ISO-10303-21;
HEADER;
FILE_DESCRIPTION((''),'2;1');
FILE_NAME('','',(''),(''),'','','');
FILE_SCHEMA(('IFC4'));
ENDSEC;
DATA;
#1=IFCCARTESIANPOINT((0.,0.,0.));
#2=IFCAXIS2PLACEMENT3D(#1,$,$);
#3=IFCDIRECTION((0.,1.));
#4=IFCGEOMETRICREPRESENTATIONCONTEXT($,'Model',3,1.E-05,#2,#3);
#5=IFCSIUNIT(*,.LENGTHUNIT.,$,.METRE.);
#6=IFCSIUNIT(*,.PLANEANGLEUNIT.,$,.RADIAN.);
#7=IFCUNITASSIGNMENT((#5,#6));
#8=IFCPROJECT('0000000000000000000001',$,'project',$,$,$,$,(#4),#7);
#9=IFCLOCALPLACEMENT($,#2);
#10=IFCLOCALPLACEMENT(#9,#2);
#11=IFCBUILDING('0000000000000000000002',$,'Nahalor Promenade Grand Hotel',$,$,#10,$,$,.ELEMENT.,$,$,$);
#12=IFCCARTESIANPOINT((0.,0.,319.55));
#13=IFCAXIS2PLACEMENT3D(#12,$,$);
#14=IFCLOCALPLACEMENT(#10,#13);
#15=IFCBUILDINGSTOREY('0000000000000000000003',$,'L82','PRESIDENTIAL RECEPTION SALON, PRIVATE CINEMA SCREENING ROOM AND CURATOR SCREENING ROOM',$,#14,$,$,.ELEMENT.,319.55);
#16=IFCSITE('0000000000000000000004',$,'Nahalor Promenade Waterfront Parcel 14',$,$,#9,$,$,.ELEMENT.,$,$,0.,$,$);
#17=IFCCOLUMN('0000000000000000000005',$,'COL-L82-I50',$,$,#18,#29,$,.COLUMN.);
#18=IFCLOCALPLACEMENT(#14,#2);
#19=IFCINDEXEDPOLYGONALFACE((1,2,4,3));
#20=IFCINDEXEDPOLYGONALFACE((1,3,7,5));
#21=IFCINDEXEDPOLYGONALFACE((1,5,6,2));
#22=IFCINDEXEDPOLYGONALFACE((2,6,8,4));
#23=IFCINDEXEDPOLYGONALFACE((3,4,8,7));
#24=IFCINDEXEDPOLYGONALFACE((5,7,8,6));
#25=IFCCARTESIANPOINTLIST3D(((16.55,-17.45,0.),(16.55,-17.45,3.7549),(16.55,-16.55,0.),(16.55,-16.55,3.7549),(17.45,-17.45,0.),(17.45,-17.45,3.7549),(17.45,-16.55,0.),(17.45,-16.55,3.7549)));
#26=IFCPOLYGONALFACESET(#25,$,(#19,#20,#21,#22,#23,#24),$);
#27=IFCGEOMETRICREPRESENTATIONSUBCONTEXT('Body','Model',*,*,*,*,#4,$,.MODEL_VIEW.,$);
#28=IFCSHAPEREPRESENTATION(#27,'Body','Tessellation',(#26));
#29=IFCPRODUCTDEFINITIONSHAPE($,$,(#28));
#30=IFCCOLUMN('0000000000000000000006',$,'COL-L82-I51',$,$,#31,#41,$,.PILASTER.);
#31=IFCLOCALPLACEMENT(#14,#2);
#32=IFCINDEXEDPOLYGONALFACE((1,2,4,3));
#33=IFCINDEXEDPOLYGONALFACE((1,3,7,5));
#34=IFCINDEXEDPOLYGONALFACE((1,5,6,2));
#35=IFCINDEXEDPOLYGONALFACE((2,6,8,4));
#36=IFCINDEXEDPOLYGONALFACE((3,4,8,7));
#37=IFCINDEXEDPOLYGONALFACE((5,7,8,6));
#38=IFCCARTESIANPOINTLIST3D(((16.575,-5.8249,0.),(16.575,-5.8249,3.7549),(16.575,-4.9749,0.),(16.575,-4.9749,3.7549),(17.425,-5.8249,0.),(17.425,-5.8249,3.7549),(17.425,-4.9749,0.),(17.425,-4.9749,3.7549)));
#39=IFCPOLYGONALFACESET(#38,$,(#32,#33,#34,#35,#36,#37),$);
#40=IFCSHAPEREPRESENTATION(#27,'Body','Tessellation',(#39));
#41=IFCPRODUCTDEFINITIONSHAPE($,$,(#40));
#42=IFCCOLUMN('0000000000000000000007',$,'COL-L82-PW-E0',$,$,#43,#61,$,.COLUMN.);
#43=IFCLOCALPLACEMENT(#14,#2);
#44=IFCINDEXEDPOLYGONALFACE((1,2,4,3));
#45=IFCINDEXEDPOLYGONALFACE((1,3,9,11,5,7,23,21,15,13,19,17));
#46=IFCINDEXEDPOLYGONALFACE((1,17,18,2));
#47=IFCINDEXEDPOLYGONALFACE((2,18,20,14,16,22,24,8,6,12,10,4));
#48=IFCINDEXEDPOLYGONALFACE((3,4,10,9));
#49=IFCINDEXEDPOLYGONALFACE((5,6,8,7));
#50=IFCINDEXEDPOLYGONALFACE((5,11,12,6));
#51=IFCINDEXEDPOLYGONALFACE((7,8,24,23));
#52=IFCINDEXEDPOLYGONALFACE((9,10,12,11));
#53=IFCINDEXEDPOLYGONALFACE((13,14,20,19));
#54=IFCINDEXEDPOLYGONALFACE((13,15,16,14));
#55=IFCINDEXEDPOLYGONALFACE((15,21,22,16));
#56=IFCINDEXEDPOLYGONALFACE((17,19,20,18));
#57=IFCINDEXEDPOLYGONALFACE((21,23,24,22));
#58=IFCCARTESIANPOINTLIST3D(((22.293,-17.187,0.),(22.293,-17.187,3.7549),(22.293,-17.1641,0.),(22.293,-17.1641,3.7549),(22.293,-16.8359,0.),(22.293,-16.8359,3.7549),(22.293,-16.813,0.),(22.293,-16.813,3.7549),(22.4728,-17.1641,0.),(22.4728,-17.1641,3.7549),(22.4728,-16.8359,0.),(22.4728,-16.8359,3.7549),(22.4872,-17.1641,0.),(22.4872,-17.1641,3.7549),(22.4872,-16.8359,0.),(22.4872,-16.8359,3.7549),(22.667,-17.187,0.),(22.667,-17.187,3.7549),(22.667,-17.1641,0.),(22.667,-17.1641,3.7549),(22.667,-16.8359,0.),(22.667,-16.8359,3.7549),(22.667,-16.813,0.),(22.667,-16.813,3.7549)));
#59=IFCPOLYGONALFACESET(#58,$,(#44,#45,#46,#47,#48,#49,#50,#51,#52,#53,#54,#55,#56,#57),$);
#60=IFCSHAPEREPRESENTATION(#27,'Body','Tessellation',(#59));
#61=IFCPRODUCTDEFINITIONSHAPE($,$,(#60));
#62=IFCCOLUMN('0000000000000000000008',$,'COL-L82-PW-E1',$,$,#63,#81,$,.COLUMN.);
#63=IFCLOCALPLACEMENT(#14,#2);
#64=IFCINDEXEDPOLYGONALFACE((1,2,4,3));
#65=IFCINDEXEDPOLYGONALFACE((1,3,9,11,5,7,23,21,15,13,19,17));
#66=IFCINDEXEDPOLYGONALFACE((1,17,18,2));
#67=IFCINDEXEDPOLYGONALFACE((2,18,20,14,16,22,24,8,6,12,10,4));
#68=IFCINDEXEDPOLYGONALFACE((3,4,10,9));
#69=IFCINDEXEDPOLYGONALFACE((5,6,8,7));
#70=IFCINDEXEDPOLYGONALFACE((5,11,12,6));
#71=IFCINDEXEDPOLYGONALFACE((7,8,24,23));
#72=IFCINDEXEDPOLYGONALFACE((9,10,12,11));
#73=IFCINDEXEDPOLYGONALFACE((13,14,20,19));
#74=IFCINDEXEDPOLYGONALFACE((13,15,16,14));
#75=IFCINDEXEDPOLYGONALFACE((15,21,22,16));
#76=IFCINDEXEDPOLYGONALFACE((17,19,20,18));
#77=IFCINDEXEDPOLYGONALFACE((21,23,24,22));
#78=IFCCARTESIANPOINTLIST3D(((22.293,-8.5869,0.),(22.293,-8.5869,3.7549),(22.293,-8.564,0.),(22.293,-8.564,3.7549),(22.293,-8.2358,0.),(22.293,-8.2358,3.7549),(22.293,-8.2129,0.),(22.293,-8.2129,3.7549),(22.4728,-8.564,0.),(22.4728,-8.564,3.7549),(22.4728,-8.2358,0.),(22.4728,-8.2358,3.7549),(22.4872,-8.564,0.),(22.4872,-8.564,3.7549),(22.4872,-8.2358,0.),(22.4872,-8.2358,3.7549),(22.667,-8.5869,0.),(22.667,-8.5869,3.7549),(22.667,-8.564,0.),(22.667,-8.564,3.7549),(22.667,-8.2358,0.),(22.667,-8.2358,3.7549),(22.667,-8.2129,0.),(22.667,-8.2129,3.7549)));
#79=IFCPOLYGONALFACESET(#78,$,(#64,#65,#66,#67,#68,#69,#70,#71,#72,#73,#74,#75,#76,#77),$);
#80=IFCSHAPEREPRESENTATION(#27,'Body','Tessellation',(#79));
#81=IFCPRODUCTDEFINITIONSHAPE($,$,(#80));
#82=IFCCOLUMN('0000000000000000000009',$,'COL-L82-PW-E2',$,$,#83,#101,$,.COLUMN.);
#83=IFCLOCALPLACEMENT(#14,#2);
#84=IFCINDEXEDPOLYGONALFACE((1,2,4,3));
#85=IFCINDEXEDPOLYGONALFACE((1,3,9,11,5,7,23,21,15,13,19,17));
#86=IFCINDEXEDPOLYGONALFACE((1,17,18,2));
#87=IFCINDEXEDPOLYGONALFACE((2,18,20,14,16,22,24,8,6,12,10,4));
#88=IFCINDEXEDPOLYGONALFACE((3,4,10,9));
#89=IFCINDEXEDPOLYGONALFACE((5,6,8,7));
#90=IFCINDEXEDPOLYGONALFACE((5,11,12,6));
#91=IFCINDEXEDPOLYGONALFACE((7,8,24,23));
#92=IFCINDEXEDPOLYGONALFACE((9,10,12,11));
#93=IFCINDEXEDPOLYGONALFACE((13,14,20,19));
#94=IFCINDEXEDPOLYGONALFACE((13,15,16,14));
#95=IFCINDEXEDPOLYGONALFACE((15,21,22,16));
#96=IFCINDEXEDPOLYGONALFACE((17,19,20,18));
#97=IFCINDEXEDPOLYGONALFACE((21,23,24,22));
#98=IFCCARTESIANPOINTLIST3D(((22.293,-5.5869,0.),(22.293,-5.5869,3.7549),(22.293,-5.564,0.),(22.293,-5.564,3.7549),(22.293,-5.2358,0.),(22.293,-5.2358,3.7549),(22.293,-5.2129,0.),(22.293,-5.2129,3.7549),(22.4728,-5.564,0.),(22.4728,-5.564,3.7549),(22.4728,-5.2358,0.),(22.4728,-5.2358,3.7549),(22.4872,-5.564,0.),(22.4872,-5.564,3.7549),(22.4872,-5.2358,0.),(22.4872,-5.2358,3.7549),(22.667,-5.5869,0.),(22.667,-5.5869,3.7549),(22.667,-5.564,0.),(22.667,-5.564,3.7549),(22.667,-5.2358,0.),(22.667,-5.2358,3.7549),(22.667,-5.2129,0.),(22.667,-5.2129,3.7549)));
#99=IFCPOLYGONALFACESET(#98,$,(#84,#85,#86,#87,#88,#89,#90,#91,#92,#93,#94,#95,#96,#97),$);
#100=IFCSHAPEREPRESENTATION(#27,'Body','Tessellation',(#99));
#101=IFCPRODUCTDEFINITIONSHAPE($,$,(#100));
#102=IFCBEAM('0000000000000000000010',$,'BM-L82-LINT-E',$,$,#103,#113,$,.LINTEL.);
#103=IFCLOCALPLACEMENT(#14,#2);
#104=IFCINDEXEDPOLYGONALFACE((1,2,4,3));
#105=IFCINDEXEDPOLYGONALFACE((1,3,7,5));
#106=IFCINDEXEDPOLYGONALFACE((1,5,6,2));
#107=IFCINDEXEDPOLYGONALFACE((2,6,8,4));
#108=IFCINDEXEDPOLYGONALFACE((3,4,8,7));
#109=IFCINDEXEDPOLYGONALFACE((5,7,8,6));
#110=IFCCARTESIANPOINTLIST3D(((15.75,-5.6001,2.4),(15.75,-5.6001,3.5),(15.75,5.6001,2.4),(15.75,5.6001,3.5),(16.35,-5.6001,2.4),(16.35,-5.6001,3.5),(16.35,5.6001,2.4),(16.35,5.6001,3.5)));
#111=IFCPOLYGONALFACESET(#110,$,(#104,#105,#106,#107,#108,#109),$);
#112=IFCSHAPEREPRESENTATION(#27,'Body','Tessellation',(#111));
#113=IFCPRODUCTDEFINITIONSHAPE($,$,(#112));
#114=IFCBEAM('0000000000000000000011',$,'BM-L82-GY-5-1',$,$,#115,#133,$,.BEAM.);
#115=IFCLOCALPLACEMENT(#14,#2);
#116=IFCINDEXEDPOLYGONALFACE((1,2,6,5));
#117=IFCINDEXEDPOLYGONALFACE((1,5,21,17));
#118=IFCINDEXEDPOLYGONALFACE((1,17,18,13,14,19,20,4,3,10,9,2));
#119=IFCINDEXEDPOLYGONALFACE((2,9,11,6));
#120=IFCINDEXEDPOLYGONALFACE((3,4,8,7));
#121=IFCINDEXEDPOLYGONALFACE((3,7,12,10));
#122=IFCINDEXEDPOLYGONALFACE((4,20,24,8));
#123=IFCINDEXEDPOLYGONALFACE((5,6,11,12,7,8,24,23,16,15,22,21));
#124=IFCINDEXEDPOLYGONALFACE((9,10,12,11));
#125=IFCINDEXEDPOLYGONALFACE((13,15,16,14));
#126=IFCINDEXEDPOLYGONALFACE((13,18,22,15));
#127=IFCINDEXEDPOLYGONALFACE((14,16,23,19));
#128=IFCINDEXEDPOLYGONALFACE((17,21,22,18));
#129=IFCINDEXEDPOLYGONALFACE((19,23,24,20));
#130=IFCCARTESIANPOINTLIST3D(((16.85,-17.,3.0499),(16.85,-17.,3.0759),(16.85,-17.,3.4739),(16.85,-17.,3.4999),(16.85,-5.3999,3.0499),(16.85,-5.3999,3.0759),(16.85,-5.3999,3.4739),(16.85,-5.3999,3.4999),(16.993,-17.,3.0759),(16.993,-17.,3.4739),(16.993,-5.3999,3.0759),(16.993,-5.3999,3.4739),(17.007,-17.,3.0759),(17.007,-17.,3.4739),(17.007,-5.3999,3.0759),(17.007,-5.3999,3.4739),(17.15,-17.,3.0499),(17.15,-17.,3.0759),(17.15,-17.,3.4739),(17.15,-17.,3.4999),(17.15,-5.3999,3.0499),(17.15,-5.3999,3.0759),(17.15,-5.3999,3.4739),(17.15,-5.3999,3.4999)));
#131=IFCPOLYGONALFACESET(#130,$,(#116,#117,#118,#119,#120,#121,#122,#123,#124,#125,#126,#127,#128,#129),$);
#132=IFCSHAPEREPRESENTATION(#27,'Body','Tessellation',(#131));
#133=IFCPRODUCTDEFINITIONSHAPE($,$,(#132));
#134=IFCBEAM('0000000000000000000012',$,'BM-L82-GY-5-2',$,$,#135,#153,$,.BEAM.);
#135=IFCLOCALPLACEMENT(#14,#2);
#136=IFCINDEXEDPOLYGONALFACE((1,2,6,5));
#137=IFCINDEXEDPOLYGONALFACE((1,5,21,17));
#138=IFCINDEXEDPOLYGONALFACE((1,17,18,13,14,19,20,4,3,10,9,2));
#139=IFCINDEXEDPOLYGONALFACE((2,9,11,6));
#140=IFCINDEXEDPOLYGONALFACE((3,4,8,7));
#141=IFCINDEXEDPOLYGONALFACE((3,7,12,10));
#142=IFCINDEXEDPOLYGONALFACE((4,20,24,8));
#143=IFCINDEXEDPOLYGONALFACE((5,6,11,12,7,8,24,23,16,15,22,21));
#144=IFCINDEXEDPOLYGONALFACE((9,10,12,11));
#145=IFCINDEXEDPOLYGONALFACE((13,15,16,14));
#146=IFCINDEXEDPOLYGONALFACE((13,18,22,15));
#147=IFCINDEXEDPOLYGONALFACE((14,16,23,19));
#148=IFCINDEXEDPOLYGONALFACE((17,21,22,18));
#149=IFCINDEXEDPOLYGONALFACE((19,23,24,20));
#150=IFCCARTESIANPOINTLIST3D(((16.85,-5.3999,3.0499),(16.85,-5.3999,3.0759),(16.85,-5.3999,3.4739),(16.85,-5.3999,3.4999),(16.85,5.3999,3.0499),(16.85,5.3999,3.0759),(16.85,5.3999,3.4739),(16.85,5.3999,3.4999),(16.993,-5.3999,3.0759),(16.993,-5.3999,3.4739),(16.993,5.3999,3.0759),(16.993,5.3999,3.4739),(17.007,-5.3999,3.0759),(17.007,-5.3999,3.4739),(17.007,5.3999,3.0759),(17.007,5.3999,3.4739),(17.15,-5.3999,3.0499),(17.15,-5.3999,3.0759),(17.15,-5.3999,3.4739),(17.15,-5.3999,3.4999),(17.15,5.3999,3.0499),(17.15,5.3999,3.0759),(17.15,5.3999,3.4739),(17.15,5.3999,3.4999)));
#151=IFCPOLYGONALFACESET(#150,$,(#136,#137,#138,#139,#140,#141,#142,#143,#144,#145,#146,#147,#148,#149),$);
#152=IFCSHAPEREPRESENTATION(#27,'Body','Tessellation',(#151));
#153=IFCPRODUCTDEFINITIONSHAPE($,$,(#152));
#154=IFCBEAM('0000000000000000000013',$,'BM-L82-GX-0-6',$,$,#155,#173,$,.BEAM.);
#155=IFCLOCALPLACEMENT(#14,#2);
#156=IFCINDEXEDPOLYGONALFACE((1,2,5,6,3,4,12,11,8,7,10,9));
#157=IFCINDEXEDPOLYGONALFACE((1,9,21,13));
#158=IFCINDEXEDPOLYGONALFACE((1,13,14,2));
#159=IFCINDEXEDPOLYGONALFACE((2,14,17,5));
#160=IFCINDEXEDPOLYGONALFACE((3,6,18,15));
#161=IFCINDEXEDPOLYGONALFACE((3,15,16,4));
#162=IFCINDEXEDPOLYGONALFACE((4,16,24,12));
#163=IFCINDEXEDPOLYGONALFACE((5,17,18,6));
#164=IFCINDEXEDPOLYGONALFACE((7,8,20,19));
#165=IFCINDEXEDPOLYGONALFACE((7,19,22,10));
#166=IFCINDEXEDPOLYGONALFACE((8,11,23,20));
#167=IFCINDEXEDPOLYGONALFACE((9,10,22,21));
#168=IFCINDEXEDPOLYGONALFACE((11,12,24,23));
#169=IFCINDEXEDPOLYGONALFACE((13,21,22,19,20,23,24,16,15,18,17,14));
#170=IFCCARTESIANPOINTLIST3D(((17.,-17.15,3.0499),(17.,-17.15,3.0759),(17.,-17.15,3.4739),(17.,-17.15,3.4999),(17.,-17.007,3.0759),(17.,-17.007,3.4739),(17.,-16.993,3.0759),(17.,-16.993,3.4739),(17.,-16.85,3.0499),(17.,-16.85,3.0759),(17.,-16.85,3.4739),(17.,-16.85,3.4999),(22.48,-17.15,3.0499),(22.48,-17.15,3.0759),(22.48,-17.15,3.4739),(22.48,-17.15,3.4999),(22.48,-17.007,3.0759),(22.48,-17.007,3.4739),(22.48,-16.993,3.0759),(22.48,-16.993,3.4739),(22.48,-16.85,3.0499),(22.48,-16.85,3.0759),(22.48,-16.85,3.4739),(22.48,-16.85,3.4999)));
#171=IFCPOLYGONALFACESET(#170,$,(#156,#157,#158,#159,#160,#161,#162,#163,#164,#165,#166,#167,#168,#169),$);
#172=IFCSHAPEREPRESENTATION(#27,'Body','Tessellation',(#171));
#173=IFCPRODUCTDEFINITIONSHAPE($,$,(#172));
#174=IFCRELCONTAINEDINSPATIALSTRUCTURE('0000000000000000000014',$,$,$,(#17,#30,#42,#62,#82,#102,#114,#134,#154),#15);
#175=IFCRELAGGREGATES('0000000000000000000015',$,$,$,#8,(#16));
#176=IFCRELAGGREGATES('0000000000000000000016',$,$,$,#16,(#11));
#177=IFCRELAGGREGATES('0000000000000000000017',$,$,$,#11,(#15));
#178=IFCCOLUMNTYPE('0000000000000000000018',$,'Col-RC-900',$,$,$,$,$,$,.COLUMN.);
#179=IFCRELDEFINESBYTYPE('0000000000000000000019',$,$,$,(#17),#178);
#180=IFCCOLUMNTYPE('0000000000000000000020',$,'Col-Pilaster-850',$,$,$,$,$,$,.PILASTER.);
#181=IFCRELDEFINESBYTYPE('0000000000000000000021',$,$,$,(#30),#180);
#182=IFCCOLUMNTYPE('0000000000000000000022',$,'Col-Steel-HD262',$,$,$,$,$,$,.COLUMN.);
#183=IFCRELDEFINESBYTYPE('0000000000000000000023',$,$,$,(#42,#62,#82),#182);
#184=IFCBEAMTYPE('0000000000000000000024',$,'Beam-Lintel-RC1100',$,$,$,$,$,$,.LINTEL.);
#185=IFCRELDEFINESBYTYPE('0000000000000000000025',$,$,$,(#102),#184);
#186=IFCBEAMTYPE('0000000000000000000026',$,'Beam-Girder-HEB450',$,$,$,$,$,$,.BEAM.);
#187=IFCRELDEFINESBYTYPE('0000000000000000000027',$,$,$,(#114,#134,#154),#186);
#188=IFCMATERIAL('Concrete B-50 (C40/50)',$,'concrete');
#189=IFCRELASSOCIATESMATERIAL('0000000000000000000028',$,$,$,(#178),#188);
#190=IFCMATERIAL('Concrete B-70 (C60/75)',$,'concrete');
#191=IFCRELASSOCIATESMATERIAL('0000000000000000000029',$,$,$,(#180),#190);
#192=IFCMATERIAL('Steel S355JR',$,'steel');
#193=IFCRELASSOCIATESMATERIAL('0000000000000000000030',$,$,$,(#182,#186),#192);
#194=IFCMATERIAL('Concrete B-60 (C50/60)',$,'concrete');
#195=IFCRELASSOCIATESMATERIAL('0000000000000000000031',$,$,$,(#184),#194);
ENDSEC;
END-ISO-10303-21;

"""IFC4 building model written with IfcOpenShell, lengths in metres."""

from ifc_helpers import new_model, si_unit, direction, frame, origin, origin_2d, place, context, subcontext, project, spatial, rectangle, i_section, extrude, source, transform, mapped, material, material_profile, profile_set, type_object, element, save


model = new_model("IFC4")

# Units and contexts
model_context = context("Model", 3, precision=1e-05, world=origin(), true_north=direction((0.0, 1.0)))
body_context = subcontext(model_context, "Body", "Model", "MODEL_VIEW")
ifc_project = project(units=[si_unit("LENGTHUNIT", "METRE"), si_unit("PLANEANGLEUNIT", "RADIAN")], contexts=[model_context])

# Site, building, storey
site_placement = place(None, origin())
site = spatial("IfcSite", under=ifc_project, at=site_placement, Name="Nahalor Promenade Waterfront Parcel 14", CompositionType="ELEMENT", RefElevation=0.0)
building_placement = place(site_placement, origin())
building = spatial("IfcBuilding", under=site, at=building_placement, Name="Nahalor Promenade Grand Hotel", CompositionType="ELEMENT")
storey_placement = place(building_placement, frame((0.0, 0.0, 319.55)))
storey = spatial("IfcBuildingStorey", under=building, at=storey_placement, Name="L82", Description="PRESIDENTIAL RECEPTION SALON, PRIVATE CINEMA SCREENING ROOM AND CURATOR SCREENING ROOM", CompositionType="ELEMENT", Elevation=319.55)

# Columns
ifc_material_1 = material(Name="Concrete B-50 (C40/50)", Category="concrete")
ifc_material_profile_1 = material_profile(ifc_material_1, rectangle(XDim=0.9, YDim=0.9, at=origin_2d()), Name="RC 900x900")
ifc_profile_set_1 = profile_set([ifc_material_profile_1], Name="Concrete B-50 (C40/50)")
column_type_1 = type_object("IfcColumnType", Name="Col-RC-900", PredefinedType="COLUMN", material=ifc_profile_set_1)
shared_shape_1 = source(origin(), body_context, "Body", "SweptSolid", [
    extrude(rectangle(XDim=0.9, YDim=0.9, at=origin_2d()), origin(), (0.0, 0.0, 1.0), 3.7549),
])
column_1_placement = place(storey_placement, frame((17.0, -17.0, 0.0), z_axis=(0.0, 0.0, 1.0), x_axis=(1.0, 0.0, 0.0)))
element("IfcColumn", 1, at=column_1_placement, inside=storey, type_object=column_type_1, Name="COL-L82-I50", PredefinedType="COLUMN", context=body_context, shape_type="MappedRepresentation", body=[
    mapped(shared_shape_1, transform((0.0, 0.0, 0.0), scale=1.0)),
])
ifc_material_2 = material(Name="Concrete B-70 (C60/75)", Category="concrete")
ifc_material_profile_2 = material_profile(ifc_material_2, rectangle(XDim=0.85, YDim=0.85, at=origin_2d()), Name="RC 850x850")
ifc_profile_set_2 = profile_set([ifc_material_profile_2], Name="Concrete B-70 (C60/75)")
column_type_2 = type_object("IfcColumnType", Name="Col-Pilaster-850", PredefinedType="PILASTER", material=ifc_profile_set_2)
shared_shape_2 = source(origin(), body_context, "Body", "SweptSolid", [
    extrude(rectangle(XDim=0.85, YDim=0.85, at=origin_2d()), origin(), (0.0, 0.0, 1.0), 3.7549),
])
column_2_placement = place(storey_placement, frame((17.0, -5.3999, 0.0), z_axis=(0.0, 0.0, 1.0), x_axis=(1.0, 0.0, 0.0)))
element("IfcColumn", 2, at=column_2_placement, inside=storey, type_object=column_type_2, Name="COL-L82-I51", PredefinedType="PILASTER", context=body_context, shape_type="MappedRepresentation", body=[
    mapped(shared_shape_2, transform((0.0, 0.0, 0.0), scale=1.0)),
])
ifc_material_3 = material(Name="Steel S355JR", Category="steel")
ifc_material_profile_3 = material_profile(ifc_material_3, i_section(OverallWidth=0.374, OverallDepth=0.374, WebThickness=0.0144, FlangeThickness=0.0229, at=origin_2d()), Name="HD 360x262")
ifc_profile_set_3 = profile_set([ifc_material_profile_3], Name="Steel S355JR")
column_type_3 = type_object("IfcColumnType", Name="Col-Steel-HD262", PredefinedType="COLUMN", material=ifc_profile_set_3)
shared_shape_3 = source(origin(), body_context, "Body", "SweptSolid", [
    extrude(i_section(OverallWidth=0.374, OverallDepth=0.374, WebThickness=0.0144, FlangeThickness=0.0229, at=origin_2d()), origin(), (0.0, 0.0, 1.0), 3.7549),
])
for number, where, z_axis, x_axis, name in (
    (3, (22.48, -17.0, 0.0), (0.0, 0.0, 1.0), (1.0, 0.0, 0.0), "COL-L82-PW-E0"),
    (4, (22.48, -8.3999, 0.0), (0.0, 0.0, 1.0), (1.0, 0.0, 0.0), "COL-L82-PW-E1"),
    (5, (22.48, -5.3999, 0.0), (0.0, 0.0, 1.0), (1.0, 0.0, 0.0), "COL-L82-PW-E2"),
):
    element("IfcColumn", number, at=place(storey_placement, frame(where, z_axis=z_axis, x_axis=x_axis)), inside=storey, type_object=column_type_3, Name=name, PredefinedType="COLUMN", context=body_context, shape_type="MappedRepresentation", body=[
        mapped(shared_shape_3, transform((0.0, 0.0, 0.0), scale=1.0)),
    ])

# Beams
ifc_material_4 = material(Name="Concrete B-60 (C50/60)", Category="concrete")
ifc_material_profile_4 = material_profile(ifc_material_4, rectangle(XDim=0.6, YDim=1.1, at=origin_2d()), Name="RC 600x1100")
ifc_profile_set_4 = profile_set([ifc_material_profile_4], Name="Concrete B-60 (C50/60)")
beam_type_1 = type_object("IfcBeamType", Name="Beam-Lintel-RC1100", PredefinedType="LINTEL", material=ifc_profile_set_4)
shared_shape_4 = source(origin(), body_context, "Body", "SweptSolid", [
    extrude(rectangle(XDim=0.6, YDim=1.1, at=origin_2d()), origin(), (0.0, 0.0, 1.0), 11.2002),
])
beam_1_placement = place(storey_placement, frame((16.05, -5.6001, 2.95), z_axis=(0.0, 1.0, 0.0), x_axis=(-1.0, 0.0, 0.0)))
element("IfcBeam", 6, at=beam_1_placement, inside=storey, type_object=beam_type_1, Name="BM-L82-LINT-E", PredefinedType="LINTEL", context=body_context, shape_type="MappedRepresentation", body=[
    mapped(shared_shape_4, transform((0.0, 0.0, 0.0), scale=1.0)),
])
ifc_material_profile_5 = material_profile(ifc_material_3, i_section(OverallWidth=0.3, OverallDepth=0.45, WebThickness=0.014, FlangeThickness=0.026, at=origin_2d()), Name="HEB 450")
ifc_profile_set_5 = profile_set([ifc_material_profile_5], Name="Steel S355JR")
beam_type_2 = type_object("IfcBeamType", Name="Beam-Girder-HEB450", PredefinedType="BEAM", material=ifc_profile_set_5)
shared_shape_5 = source(origin(), body_context, "Body", "SweptSolid", [
    extrude(i_section(OverallWidth=0.3, OverallDepth=0.45, WebThickness=0.014, FlangeThickness=0.026, at=origin_2d()), origin(), (0.0, 0.0, 1.0), 11.6001),
])
beam_2_placement = place(storey_placement, frame((17.0, -17.0, 3.2749), z_axis=(0.0, 1.0, 0.0), x_axis=(-1.0, 0.0, 0.0)))
element("IfcBeam", 7, at=beam_2_placement, inside=storey, type_object=beam_type_2, Name="BM-L82-GY-5-1", PredefinedType="BEAM", context=body_context, shape_type="MappedRepresentation", body=[
    mapped(shared_shape_5, transform((0.0, 0.0, 0.0), scale=1.0)),
])
shared_shape_6 = source(origin(), body_context, "Body", "SweptSolid", [
    extrude(i_section(OverallWidth=0.3, OverallDepth=0.45, WebThickness=0.014, FlangeThickness=0.026, at=origin_2d()), origin(), (0.0, 0.0, 1.0), 10.7998),
])
beam_3_placement = place(storey_placement, frame((17.0, -5.3999, 3.2749), z_axis=(0.0, 1.0, 0.0), x_axis=(-1.0, 0.0, 0.0)))
element("IfcBeam", 8, at=beam_3_placement, inside=storey, type_object=beam_type_2, Name="BM-L82-GY-5-2", PredefinedType="BEAM", context=body_context, shape_type="MappedRepresentation", body=[
    mapped(shared_shape_6, transform((0.0, 0.0, 0.0), scale=1.0)),
])
shared_shape_7 = source(origin(), body_context, "Body", "SweptSolid", [
    extrude(i_section(OverallWidth=0.3, OverallDepth=0.45, WebThickness=0.014, FlangeThickness=0.026, at=origin_2d()), origin(), (0.0, 0.0, 1.0), 5.48),
])
for number, where, z_axis, x_axis, name in (
    (9, (17.0, -17.0, 3.2749), (1.0, 0.0, 0.0), (0.0, 1.0, 0.0), "BM-L82-GX-0-6"),
):
    element("IfcBeam", number, at=place(storey_placement, frame(where, z_axis=z_axis, x_axis=x_axis)), inside=storey, type_object=beam_type_2, Name=name, PredefinedType="BEAM", context=body_context, shape_type="MappedRepresentation", body=[
        mapped(shared_shape_7, transform((0.0, 0.0, 0.0), scale=1.0)),
    ])

save(model, "model.ifc")
